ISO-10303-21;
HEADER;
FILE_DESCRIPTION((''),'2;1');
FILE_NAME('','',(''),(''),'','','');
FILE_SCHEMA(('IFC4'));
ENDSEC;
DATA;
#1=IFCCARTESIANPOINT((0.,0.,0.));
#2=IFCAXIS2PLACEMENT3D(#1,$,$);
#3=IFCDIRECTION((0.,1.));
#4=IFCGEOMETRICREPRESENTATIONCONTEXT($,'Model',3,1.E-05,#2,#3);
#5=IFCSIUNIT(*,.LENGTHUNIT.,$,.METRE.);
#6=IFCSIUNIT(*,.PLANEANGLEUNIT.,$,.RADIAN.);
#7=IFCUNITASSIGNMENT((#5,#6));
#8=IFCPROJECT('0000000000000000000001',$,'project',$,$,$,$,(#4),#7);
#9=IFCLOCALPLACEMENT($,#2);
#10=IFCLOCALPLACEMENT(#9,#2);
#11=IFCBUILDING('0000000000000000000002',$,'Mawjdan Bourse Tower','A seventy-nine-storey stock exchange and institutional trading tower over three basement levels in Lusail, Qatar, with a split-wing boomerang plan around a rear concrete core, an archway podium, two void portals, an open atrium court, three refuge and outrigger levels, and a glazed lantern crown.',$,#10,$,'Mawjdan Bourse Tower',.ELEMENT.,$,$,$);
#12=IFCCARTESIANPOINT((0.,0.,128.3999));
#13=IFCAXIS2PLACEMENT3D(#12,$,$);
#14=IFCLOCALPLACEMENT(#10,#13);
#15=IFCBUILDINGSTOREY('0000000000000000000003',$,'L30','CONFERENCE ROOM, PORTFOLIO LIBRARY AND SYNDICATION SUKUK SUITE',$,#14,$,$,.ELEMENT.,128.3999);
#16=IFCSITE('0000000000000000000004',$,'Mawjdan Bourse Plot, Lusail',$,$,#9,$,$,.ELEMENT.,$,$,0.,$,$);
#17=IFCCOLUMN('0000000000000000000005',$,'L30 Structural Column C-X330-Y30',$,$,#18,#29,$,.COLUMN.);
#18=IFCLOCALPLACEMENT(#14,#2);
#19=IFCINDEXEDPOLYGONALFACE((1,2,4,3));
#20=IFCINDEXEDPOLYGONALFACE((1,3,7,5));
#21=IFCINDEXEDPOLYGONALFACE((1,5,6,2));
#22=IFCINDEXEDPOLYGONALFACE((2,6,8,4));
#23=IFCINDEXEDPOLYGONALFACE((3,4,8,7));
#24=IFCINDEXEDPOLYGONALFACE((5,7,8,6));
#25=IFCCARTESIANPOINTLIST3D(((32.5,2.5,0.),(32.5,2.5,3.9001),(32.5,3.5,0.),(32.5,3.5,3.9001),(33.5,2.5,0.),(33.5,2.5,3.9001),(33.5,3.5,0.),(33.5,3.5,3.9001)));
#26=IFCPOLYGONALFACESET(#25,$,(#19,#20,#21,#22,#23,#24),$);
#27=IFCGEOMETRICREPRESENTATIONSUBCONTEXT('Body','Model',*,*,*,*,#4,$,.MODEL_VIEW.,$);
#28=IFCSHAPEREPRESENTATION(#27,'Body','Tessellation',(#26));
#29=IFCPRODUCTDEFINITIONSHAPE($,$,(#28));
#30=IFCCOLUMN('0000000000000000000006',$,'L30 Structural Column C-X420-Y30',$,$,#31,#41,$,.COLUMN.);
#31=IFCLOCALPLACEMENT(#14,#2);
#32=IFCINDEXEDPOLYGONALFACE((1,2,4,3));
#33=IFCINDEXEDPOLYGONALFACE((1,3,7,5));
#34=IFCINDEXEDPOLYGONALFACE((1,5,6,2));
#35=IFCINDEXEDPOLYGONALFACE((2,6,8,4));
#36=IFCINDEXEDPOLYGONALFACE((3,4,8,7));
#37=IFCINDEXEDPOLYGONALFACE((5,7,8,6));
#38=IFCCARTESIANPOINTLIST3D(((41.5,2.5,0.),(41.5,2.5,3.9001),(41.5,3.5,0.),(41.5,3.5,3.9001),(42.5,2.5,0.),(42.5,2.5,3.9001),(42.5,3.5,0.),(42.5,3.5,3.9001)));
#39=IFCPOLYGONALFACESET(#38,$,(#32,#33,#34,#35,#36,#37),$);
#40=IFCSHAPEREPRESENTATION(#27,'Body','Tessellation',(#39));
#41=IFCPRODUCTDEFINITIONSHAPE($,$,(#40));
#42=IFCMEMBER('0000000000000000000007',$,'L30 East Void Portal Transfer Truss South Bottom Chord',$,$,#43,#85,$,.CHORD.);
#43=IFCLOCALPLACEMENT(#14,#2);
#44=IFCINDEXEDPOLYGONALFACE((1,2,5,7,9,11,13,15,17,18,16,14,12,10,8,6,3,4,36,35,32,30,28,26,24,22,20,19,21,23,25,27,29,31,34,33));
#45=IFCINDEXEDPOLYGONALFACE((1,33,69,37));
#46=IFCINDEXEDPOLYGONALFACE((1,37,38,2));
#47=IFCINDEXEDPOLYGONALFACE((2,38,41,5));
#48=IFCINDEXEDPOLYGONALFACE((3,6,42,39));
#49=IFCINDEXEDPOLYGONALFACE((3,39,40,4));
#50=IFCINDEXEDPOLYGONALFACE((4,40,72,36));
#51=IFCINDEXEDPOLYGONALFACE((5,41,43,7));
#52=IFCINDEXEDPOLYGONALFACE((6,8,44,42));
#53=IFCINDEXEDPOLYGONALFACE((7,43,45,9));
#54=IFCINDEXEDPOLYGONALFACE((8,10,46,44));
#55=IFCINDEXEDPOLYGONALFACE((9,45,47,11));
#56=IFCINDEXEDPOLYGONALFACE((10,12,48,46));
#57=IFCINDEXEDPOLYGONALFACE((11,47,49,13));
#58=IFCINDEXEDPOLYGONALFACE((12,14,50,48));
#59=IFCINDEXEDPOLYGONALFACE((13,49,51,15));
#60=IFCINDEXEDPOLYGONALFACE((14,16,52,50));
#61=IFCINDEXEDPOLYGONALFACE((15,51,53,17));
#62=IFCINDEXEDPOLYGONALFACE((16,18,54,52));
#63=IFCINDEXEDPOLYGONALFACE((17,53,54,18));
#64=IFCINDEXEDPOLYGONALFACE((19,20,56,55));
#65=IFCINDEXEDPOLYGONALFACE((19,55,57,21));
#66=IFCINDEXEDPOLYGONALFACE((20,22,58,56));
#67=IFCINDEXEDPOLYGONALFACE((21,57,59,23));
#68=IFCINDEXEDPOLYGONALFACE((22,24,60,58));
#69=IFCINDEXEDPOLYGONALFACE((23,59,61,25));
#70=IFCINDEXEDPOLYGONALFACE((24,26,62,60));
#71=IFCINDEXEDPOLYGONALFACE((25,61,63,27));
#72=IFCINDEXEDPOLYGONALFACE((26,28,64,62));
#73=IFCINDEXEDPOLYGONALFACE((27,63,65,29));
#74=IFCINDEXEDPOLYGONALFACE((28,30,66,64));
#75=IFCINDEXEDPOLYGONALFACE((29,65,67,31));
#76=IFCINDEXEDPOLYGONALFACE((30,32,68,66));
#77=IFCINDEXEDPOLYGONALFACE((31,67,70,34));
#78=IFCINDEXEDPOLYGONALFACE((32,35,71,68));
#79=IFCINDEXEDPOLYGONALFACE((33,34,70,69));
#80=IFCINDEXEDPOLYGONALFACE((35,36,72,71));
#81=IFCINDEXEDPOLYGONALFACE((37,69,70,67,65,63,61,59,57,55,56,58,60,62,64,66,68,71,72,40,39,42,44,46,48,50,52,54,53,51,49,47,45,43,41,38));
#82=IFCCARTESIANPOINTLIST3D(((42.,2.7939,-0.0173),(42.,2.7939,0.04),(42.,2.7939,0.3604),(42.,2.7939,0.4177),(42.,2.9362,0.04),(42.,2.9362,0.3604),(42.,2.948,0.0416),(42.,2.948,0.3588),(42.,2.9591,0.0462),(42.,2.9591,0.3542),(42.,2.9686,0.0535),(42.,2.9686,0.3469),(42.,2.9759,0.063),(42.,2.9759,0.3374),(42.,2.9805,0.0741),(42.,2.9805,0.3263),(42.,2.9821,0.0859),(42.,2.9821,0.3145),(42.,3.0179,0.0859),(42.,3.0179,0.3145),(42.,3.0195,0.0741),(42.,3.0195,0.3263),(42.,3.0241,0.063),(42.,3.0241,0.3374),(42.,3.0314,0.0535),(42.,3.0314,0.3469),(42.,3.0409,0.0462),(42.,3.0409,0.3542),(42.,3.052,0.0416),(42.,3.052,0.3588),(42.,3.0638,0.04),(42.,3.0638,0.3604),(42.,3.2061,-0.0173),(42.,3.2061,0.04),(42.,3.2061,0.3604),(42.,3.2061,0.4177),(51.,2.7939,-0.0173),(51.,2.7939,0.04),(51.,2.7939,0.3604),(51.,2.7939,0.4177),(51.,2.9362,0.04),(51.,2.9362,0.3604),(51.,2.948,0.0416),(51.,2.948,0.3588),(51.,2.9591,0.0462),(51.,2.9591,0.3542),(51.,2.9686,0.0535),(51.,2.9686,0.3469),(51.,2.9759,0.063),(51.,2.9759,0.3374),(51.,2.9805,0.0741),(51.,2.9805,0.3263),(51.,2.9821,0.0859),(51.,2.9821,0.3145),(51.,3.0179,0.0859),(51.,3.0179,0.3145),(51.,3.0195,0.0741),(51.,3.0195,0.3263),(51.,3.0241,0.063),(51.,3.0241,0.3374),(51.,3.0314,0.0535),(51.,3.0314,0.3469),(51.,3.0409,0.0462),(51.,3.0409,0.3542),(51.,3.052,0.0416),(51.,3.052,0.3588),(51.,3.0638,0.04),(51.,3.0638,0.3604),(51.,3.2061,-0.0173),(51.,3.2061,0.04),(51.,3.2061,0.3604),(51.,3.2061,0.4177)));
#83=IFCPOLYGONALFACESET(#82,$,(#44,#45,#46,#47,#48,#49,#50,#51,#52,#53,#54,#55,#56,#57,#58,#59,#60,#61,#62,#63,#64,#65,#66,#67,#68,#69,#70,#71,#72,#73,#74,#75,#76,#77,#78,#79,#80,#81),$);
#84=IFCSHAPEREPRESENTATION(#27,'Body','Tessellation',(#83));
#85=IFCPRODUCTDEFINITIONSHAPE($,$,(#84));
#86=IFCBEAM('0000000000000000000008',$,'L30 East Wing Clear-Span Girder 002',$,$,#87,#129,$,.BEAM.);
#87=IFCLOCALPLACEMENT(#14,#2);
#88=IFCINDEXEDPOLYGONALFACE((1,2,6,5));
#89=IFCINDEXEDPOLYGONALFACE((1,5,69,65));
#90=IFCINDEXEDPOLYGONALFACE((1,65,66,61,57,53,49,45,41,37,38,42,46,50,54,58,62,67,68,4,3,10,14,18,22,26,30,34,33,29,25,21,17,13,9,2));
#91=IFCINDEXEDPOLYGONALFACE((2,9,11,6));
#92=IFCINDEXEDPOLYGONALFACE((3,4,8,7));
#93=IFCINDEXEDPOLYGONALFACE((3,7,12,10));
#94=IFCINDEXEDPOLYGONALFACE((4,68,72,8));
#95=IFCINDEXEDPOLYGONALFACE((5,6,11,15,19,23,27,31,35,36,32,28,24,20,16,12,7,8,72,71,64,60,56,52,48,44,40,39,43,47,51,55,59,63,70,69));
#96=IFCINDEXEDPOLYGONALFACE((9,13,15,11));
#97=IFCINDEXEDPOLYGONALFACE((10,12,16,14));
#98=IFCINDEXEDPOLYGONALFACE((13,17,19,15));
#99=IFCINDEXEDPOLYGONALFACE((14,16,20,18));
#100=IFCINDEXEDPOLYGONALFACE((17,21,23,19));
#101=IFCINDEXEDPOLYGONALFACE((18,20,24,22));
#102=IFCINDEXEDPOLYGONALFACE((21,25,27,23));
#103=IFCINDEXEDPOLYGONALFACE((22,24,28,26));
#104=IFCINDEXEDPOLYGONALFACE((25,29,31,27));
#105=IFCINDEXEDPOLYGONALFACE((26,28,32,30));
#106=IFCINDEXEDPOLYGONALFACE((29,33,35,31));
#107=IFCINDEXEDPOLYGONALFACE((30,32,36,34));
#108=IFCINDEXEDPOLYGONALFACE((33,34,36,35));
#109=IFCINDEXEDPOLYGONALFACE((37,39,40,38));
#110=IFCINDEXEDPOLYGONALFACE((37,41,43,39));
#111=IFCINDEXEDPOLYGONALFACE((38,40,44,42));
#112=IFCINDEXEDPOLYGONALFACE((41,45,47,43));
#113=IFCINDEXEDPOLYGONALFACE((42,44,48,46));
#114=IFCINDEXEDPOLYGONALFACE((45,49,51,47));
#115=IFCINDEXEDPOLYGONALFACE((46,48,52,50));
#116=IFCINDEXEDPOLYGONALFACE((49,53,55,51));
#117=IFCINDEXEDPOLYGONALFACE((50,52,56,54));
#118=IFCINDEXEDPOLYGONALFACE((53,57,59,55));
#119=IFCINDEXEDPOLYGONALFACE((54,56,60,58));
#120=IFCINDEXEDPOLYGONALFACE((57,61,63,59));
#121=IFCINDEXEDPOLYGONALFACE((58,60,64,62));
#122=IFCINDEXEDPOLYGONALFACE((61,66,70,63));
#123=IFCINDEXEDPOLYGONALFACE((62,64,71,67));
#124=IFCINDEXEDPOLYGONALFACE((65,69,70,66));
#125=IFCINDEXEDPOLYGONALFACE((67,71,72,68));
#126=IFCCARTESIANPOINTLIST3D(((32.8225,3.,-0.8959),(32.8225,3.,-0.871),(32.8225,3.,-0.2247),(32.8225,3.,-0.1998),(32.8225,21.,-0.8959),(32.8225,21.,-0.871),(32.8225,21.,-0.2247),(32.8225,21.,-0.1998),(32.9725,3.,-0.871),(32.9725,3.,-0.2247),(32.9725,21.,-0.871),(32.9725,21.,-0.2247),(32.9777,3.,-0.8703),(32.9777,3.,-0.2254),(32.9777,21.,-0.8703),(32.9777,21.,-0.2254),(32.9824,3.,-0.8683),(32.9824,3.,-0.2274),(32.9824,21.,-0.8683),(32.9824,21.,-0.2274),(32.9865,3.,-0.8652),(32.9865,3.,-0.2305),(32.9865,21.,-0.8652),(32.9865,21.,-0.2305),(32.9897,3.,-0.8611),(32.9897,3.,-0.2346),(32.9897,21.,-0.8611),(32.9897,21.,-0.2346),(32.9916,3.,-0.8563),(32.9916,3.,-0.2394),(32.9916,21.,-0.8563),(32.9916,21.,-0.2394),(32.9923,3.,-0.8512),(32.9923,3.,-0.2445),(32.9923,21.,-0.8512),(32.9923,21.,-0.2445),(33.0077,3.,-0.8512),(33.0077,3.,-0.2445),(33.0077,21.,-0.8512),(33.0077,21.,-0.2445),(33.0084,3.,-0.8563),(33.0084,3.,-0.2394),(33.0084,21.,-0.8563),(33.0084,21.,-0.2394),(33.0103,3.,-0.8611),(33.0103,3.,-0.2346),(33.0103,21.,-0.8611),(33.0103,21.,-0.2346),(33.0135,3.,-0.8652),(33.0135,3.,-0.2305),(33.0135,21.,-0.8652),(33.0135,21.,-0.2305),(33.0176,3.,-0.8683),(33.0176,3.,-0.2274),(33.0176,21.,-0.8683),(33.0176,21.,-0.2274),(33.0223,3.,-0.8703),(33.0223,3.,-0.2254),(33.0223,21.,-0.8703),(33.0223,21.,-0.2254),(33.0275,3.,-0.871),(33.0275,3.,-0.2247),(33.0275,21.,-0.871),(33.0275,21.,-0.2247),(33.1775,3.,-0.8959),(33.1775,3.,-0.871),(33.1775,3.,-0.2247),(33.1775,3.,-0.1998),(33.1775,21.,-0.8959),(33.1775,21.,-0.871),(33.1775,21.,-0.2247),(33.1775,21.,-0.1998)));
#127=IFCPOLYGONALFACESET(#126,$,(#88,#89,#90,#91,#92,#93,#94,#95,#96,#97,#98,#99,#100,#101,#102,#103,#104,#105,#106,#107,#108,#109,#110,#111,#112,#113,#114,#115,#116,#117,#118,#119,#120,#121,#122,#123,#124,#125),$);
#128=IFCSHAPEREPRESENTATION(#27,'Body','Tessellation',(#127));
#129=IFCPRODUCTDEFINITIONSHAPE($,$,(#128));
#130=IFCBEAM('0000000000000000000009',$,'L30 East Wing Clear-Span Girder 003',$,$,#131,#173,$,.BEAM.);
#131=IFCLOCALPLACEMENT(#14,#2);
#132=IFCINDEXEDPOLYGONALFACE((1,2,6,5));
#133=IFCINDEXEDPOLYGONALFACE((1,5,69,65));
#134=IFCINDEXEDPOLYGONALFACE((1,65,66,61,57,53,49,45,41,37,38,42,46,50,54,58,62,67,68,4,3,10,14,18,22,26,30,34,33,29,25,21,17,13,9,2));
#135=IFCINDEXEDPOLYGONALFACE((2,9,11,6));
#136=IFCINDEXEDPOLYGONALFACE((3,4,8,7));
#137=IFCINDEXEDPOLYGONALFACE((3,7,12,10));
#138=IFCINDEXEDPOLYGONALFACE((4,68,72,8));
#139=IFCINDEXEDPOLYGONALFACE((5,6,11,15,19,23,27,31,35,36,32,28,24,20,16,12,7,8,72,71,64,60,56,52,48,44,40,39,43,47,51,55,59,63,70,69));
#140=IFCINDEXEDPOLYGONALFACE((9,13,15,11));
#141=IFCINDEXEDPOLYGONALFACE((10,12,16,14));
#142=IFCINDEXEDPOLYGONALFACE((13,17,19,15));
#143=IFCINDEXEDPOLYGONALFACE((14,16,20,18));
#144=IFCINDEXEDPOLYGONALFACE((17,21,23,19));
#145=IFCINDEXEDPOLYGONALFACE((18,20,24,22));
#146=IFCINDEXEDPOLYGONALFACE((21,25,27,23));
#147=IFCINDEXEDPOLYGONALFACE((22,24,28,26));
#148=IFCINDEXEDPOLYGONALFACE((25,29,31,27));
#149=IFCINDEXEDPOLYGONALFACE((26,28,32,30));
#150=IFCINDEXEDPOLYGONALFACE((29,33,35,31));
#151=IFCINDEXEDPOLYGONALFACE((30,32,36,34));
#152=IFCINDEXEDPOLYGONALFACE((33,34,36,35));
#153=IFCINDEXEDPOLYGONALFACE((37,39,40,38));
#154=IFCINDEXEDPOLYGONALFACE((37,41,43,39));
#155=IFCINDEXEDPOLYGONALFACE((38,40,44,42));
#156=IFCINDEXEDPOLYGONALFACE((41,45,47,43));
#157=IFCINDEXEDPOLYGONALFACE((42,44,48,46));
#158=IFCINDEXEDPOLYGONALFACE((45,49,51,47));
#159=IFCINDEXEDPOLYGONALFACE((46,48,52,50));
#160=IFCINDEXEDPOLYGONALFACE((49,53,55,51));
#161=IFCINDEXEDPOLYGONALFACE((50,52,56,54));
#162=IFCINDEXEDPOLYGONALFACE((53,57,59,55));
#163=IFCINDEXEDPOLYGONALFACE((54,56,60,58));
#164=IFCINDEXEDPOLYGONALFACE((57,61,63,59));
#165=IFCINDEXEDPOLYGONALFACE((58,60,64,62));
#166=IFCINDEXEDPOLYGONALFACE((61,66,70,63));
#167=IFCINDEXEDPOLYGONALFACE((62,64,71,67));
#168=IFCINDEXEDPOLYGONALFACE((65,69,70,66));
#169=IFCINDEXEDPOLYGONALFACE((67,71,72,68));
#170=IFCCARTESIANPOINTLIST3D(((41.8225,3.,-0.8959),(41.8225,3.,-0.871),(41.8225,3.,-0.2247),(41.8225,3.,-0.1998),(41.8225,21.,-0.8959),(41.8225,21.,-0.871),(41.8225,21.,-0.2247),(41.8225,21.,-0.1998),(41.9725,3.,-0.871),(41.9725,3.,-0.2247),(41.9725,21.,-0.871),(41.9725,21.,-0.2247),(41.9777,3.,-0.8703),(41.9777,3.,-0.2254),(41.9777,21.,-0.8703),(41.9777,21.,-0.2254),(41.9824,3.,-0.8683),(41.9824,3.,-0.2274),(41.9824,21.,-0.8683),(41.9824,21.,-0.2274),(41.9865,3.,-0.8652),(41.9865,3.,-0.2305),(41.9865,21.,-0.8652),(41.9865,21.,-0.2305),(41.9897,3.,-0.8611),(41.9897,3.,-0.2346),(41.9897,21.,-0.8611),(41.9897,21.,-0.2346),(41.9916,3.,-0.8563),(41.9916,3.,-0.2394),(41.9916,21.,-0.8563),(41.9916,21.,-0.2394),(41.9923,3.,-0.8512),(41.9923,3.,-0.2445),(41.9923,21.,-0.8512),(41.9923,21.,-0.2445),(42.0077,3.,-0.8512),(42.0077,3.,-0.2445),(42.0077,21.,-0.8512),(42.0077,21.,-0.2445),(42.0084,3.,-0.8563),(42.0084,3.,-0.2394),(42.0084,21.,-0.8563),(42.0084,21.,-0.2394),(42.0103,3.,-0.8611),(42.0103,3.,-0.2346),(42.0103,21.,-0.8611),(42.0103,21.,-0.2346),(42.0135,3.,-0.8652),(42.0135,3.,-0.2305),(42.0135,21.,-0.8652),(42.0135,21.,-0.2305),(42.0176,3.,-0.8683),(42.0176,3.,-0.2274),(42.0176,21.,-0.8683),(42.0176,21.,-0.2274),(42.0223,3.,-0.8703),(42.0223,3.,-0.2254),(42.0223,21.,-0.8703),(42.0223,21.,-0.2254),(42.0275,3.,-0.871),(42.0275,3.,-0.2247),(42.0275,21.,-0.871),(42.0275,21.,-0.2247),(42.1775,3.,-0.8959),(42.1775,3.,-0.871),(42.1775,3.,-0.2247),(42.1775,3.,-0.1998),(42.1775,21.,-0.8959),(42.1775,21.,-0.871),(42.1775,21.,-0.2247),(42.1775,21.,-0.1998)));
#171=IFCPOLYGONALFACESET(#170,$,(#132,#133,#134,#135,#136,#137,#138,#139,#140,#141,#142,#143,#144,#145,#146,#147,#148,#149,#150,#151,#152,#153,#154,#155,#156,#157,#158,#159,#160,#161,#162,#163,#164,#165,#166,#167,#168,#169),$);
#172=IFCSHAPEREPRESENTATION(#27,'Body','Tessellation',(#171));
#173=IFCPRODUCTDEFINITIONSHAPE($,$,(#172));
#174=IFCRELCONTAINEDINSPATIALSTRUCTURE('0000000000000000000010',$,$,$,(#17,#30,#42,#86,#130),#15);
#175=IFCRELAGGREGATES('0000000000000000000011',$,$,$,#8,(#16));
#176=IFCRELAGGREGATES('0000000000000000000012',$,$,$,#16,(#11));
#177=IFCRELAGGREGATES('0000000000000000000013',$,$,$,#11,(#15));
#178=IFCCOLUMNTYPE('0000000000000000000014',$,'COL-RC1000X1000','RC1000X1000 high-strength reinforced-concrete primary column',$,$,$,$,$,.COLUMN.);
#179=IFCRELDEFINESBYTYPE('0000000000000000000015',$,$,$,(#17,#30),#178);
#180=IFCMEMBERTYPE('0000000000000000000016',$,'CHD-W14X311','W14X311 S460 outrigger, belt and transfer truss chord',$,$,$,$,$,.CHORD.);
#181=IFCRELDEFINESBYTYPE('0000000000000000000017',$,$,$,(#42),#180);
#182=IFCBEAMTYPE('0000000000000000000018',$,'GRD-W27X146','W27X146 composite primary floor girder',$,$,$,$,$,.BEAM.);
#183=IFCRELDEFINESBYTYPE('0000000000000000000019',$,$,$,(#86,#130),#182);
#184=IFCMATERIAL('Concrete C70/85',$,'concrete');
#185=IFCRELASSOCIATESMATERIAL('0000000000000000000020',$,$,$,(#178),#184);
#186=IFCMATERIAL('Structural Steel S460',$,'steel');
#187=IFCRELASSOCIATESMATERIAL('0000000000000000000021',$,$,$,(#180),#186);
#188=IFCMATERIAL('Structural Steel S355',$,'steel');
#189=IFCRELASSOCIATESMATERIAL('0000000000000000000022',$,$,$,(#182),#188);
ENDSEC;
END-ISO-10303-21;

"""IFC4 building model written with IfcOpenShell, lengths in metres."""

from ifc_helpers import new_model, si_unit, direction, frame, origin, origin_2d, place, context, subcontext, project, spatial, rectangle, i_section, extrude, material, material_profile, profile_set, type_object, element, save


model = new_model("IFC4")

# Units and contexts
model_context = context("Model", 3, precision=1e-05, world=origin(), true_north=direction((0.0, 1.0)))
body_context = subcontext(model_context, "Body", "Model", "MODEL_VIEW")
ifc_project = project(units=[si_unit("LENGTHUNIT", "METRE"), si_unit("PLANEANGLEUNIT", "RADIAN")], contexts=[model_context])

# Site, building, storey
site_placement = place(None, origin())
site = spatial("IfcSite", under=ifc_project, at=site_placement, Name="Mawjdan Bourse Plot, Lusail", CompositionType="ELEMENT", RefElevation=0.0)
building_placement = place(site_placement, origin())
building = spatial("IfcBuilding", under=site, at=building_placement, Name="Mawjdan Bourse Tower", Description="A seventy-nine-storey stock exchange and institutional trading tower over three basement levels in Lusail, Qatar, with a split-wing boomerang plan around a rear concrete core, an archway podium, two void portals, an open atrium court, three refuge and outrigger levels, and a glazed lantern crown.", LongName="Mawjdan Bourse Tower", CompositionType="ELEMENT")
storey_placement = place(building_placement, frame((0.0, 0.0, 128.3999)))
storey = spatial("IfcBuildingStorey", under=building, at=storey_placement, Name="L30", Description="CONFERENCE ROOM, PORTFOLIO LIBRARY AND SYNDICATION SUKUK SUITE", CompositionType="ELEMENT", Elevation=128.3999)

# Columns
ifc_material_1 = material(Name="Concrete C70/85", Category="concrete")
ifc_material_profile_1 = material_profile(ifc_material_1, rectangle(XDim=1.0, YDim=1.0, at=origin_2d()), Name="RC1000X1000")
ifc_profile_set_1 = profile_set([ifc_material_profile_1], Name="Concrete C70/85")
column_type = type_object("IfcColumnType", Name="COL-RC1000X1000", Description="RC1000X1000 high-strength reinforced-concrete primary column", PredefinedType="COLUMN", material=ifc_profile_set_1)
for number, where, z_axis, x_axis, name in (
    (1, (33.0, 3.0, 0.0), (0.0, 0.0, 1.0), (1.0, 0.0, 0.0), "L30 Structural Column C-X330-Y30"),
    (2, (42.0, 3.0, 0.0), (0.0, 0.0, 1.0), (1.0, 0.0, 0.0), "L30 Structural Column C-X420-Y30"),
):
    element("IfcColumn", number, at=place(storey_placement, frame(where, z_axis=z_axis, x_axis=x_axis)), inside=storey, type_object=column_type, Name=name, PredefinedType="COLUMN", context=body_context, shape_type="SweptSolid", body=[
        extrude(rectangle(XDim=1.0, YDim=1.0, at=origin_2d()), origin(), (0.0, 0.0, 1.0), 3.9001),
    ])

# Member
ifc_material_2 = material(Name="Structural Steel S460", Category="steel")
ifc_material_profile_2 = material_profile(ifc_material_2, i_section(OverallWidth=0.4121, OverallDepth=0.4351, WebThickness=0.0359, FlangeThickness=0.0574, FilletRadius=0.0459, at=origin_2d()), Name="W14X311")
ifc_profile_set_2 = profile_set([ifc_material_profile_2], Name="Structural Steel S460")
member_type = type_object("IfcMemberType", Name="CHD-W14X311", Description="W14X311 S460 outrigger, belt and transfer truss chord", PredefinedType="CHORD", material=ifc_profile_set_2)
member_placement = place(storey_placement, frame((42.0, 3.0, 0.2002), z_axis=(1.0, 0.0, 0.0), x_axis=(0.0, 1.0, 0.0)))
element("IfcMember", 3, at=member_placement, inside=storey, type_object=member_type, Name="L30 East Void Portal Transfer Truss South Bottom Chord", PredefinedType="CHORD", context=body_context, shape_type="SweptSolid", body=[
    extrude(i_section(OverallWidth=0.4121, OverallDepth=0.4351, WebThickness=0.0359, FlangeThickness=0.0574, FilletRadius=0.0459, at=origin_2d()), origin(), (0.0, 0.0, 1.0), 9.0),
])

# Beams
ifc_material_3 = material(Name="Structural Steel S355", Category="steel")
ifc_material_profile_3 = material_profile(ifc_material_3, i_section(OverallWidth=0.355, OverallDepth=0.696, WebThickness=0.0154, FlangeThickness=0.0249, FilletRadius=0.0198, at=origin_2d()), Name="W27X146")
ifc_profile_set_3 = profile_set([ifc_material_profile_3], Name="Structural Steel S355")
beam_type_1 = type_object("IfcBeamType", Name="GRD-W27X146", Description="W27X146 composite primary floor girder", PredefinedType="BEAM", material=ifc_profile_set_3)
for number, where, z_axis, x_axis, name in (
    (4, (33.0, 3.0, -0.5479), (0.0, 1.0, 0.0), (-1.0, 0.0, 0.0), "L30 East Wing Clear-Span Girder 002"),
    (5, (42.0, 3.0, -0.5479), (0.0, 1.0, 0.0), (-1.0, 0.0, 0.0), "L30 East Wing Clear-Span Girder 003"),
):
    element("IfcBeam", number, at=place(storey_placement, frame(where, z_axis=z_axis, x_axis=x_axis)), inside=storey, type_object=beam_type_1, Name=name, PredefinedType="BEAM", context=body_context, shape_type="SweptSolid", body=[
        extrude(i_section(OverallWidth=0.355, OverallDepth=0.696, WebThickness=0.0154, FlangeThickness=0.0249, FilletRadius=0.0198, at=origin_2d()), origin(), (0.0, 0.0, 1.0), 18.0),
    ])

save(model, "model.ifc")
